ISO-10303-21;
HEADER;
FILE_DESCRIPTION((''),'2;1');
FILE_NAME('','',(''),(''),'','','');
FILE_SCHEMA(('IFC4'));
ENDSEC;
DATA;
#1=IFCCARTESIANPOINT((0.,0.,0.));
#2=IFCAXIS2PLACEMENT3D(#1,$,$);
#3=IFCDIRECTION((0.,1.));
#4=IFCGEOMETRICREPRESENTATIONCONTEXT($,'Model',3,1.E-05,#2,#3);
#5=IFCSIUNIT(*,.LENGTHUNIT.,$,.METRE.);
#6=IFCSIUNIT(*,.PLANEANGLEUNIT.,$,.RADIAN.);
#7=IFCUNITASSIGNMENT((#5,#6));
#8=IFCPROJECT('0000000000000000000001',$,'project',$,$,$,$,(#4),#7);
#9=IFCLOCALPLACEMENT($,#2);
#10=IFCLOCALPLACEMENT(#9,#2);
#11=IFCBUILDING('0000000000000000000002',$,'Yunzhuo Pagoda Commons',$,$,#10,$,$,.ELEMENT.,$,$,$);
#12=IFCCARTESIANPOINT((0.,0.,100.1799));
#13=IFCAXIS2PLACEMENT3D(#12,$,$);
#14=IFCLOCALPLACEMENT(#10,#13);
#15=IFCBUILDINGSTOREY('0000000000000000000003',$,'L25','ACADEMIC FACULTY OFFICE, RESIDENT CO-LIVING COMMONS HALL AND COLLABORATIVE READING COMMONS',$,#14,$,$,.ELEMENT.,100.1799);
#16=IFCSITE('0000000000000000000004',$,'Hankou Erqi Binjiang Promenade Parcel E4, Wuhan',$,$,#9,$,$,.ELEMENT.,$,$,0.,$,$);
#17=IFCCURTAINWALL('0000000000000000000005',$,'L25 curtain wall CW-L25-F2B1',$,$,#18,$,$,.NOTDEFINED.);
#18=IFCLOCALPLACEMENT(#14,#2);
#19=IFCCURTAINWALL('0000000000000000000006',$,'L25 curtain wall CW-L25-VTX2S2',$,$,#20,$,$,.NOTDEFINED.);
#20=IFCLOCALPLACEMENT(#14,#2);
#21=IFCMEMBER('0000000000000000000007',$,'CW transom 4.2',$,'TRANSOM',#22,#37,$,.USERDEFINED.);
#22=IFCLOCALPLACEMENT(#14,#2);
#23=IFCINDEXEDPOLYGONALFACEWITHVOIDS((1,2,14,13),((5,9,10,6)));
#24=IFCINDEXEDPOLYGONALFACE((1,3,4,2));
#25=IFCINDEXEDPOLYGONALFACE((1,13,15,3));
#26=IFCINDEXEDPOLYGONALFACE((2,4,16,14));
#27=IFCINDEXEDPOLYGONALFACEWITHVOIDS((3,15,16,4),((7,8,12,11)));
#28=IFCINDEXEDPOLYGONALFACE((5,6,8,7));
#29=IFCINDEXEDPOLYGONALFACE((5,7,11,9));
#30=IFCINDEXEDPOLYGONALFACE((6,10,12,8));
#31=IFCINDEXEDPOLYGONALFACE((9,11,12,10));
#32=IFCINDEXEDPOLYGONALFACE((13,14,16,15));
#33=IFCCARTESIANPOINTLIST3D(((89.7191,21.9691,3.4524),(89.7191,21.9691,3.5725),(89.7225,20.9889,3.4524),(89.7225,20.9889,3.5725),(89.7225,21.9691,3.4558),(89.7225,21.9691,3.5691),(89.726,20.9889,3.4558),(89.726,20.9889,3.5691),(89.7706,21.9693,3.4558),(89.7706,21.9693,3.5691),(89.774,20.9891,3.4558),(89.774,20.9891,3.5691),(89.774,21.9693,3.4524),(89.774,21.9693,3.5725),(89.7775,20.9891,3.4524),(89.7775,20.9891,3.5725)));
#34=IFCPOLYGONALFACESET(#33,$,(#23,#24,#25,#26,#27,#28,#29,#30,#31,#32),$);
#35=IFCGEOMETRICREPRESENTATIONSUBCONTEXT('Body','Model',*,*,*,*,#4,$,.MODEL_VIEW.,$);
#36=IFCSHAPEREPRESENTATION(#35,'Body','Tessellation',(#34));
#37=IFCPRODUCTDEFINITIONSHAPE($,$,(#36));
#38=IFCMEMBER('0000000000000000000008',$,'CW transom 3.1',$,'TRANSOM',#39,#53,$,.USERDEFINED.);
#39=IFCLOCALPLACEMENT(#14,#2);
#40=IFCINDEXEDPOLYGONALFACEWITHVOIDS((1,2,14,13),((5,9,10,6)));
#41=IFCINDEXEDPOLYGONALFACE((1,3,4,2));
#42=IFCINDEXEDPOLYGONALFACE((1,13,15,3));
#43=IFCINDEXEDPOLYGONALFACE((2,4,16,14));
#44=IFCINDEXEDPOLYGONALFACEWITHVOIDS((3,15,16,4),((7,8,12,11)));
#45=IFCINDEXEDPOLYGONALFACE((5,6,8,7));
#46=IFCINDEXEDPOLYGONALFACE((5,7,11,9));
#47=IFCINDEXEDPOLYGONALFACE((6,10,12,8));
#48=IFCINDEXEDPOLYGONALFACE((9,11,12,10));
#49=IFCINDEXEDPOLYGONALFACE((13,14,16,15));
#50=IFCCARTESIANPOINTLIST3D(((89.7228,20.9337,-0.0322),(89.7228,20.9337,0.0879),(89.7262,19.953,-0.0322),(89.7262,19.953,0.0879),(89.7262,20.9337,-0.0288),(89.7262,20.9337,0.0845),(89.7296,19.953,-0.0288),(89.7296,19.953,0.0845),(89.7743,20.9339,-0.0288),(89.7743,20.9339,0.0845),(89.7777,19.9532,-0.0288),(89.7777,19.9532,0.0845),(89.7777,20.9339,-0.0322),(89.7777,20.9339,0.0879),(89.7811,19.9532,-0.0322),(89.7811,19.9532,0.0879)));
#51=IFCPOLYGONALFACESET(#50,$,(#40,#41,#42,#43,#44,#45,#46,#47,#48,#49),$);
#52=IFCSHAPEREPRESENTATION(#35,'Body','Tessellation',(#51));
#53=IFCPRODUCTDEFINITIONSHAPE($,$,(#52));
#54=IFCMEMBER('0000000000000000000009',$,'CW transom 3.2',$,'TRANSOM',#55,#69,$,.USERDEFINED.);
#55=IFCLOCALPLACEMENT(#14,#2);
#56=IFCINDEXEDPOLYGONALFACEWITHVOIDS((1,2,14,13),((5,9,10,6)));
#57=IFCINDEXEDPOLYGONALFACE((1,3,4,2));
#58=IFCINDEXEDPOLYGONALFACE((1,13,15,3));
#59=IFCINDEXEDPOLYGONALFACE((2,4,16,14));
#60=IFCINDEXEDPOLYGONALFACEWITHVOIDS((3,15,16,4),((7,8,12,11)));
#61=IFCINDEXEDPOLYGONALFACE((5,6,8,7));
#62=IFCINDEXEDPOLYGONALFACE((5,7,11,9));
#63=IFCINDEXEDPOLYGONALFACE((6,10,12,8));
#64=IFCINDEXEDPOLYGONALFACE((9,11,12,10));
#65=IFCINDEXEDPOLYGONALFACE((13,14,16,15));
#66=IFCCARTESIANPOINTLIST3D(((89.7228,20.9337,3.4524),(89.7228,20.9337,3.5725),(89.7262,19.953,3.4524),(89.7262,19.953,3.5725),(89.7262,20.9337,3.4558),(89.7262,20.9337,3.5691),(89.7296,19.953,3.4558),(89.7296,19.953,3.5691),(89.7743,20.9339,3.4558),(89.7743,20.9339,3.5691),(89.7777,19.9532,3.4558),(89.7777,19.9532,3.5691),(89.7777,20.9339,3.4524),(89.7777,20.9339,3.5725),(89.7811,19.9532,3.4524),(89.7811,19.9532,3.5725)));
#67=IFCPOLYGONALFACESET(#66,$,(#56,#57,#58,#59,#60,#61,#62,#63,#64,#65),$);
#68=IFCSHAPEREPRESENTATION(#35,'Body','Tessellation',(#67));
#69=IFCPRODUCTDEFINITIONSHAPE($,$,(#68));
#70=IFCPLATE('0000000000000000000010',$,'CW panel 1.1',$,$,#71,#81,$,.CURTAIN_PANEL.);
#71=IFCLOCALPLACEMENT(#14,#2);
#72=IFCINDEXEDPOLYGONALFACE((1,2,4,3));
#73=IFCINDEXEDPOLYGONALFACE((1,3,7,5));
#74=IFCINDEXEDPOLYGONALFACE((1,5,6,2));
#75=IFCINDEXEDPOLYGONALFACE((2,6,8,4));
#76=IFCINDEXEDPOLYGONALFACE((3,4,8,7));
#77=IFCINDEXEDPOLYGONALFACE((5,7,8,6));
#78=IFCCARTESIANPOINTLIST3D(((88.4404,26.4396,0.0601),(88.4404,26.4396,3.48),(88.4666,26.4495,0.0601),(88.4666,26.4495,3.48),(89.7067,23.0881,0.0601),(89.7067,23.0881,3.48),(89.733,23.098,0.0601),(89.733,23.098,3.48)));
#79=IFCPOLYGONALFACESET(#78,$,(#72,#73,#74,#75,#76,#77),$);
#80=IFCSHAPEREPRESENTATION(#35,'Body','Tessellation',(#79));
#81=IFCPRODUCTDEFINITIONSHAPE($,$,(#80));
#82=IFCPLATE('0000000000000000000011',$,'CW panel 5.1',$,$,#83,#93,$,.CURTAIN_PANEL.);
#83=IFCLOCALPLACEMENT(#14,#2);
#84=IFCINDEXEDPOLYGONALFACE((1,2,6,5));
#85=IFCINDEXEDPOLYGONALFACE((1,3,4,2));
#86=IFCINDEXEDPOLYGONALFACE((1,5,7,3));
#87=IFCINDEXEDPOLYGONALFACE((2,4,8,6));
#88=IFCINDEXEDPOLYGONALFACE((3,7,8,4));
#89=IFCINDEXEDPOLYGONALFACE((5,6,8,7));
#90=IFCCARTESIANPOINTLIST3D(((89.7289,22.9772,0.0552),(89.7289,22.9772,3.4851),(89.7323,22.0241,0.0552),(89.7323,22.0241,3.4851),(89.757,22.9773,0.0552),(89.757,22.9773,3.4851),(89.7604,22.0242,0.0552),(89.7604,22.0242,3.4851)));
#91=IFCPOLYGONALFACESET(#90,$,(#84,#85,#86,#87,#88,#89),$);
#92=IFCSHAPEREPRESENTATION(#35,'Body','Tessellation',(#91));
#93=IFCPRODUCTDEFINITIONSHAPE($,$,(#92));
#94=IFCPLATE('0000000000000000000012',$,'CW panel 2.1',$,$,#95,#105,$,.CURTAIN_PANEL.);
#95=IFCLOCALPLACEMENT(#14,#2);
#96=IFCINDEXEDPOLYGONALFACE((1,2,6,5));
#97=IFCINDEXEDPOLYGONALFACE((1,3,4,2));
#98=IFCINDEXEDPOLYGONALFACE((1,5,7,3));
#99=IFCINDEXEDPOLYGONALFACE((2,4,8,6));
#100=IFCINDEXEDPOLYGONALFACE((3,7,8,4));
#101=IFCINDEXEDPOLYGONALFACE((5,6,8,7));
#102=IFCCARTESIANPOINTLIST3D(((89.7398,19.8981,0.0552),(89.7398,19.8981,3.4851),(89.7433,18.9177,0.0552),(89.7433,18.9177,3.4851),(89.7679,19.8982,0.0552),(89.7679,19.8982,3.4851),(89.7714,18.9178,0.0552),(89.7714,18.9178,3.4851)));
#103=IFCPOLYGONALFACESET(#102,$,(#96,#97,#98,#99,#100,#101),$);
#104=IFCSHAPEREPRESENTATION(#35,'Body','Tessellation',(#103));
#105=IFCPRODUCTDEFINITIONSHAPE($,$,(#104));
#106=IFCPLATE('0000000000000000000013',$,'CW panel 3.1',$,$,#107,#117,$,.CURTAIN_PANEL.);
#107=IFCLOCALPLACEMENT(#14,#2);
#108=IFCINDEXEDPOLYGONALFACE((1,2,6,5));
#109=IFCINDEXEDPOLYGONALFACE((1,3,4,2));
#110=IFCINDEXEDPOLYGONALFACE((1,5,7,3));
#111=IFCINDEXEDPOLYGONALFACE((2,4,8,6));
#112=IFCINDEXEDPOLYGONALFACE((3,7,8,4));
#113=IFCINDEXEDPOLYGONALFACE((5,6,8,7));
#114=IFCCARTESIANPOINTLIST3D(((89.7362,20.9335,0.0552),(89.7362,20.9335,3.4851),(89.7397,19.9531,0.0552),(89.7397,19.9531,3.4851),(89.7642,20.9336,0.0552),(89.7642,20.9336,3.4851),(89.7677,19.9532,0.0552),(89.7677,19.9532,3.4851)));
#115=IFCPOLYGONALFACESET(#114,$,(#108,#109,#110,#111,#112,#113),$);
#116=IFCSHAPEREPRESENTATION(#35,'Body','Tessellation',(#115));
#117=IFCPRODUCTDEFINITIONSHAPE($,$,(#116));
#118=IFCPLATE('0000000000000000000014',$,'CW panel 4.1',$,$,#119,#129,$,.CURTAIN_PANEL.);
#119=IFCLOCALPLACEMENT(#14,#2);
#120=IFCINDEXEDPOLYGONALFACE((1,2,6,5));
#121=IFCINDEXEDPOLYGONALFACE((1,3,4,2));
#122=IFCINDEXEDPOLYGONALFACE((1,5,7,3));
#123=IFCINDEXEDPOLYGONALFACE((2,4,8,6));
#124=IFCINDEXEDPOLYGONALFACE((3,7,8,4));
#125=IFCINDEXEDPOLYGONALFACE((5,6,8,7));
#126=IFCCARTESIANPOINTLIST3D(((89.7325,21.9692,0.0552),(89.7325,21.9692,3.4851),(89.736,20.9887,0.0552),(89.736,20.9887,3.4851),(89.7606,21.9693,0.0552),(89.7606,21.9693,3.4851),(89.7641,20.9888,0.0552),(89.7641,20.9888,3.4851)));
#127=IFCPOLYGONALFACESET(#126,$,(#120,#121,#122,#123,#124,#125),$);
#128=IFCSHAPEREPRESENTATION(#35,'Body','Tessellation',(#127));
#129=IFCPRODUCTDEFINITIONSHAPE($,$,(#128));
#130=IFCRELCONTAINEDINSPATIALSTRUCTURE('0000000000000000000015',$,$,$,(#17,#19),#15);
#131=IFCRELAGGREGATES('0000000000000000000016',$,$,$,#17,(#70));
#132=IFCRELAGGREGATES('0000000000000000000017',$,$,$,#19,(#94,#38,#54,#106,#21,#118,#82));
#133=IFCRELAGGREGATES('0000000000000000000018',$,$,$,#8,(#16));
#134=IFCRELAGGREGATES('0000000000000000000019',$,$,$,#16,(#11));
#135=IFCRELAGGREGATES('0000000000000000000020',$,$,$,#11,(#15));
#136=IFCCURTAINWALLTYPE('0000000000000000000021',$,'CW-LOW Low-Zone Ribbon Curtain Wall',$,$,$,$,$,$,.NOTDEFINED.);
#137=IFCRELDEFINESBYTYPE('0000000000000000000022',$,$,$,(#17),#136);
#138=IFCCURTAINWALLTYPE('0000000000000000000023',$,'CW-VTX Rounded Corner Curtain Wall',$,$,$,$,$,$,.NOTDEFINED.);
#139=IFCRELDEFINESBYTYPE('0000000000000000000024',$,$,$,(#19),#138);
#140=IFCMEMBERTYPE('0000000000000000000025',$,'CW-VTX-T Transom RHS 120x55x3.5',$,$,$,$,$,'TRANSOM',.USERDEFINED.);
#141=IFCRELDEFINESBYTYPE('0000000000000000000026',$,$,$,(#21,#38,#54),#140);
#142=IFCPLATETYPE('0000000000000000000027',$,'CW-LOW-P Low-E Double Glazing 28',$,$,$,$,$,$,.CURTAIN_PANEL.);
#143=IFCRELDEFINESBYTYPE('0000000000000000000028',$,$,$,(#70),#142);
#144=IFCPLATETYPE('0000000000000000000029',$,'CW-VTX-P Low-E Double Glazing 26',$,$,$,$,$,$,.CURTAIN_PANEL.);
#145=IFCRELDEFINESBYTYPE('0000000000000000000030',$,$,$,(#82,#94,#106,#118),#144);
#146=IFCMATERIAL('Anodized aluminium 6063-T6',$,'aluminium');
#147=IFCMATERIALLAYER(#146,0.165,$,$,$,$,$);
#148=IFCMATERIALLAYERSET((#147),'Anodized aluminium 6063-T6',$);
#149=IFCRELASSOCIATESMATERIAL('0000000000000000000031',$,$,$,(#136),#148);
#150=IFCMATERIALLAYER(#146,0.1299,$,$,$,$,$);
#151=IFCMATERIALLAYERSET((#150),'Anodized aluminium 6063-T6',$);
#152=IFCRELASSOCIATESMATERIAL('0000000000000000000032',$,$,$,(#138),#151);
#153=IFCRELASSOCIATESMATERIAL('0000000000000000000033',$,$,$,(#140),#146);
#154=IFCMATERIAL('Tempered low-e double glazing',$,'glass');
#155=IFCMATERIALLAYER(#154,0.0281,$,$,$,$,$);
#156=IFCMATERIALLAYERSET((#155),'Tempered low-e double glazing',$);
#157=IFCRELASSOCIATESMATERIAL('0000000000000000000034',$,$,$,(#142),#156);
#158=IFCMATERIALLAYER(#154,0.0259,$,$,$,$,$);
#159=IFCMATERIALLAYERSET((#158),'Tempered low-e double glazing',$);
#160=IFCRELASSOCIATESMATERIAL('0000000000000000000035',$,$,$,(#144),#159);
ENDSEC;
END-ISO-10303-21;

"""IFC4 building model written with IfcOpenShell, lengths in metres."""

from ifc_helpers import new_model, si_unit, direction, frame, origin, origin_2d, place, context, subcontext, project, spatial, rectangle, hollow_rectangle, extrude, source, transform, mapped, material, layer, layer_set, material_profile, profile_set, type_object, element, aggregate, save


model = new_model("IFC4")

# Units and contexts
model_context = context("Model", 3, precision=1e-05, world=origin(), true_north=direction((0.0, 1.0)))
body_context = subcontext(model_context, "Body", "Model", "MODEL_VIEW")
ifc_project = project(units=[si_unit("LENGTHUNIT", "METRE"), si_unit("PLANEANGLEUNIT", "RADIAN")], contexts=[model_context])

# Site, building, storey
site_placement = place(None, origin())
site = spatial("IfcSite", under=ifc_project, at=site_placement, Name="Hankou Erqi Binjiang Promenade Parcel E4, Wuhan", CompositionType="ELEMENT", RefElevation=0.0)
building_placement = place(site_placement, origin())
building = spatial("IfcBuilding", under=site, at=building_placement, Name="Yunzhuo Pagoda Commons", CompositionType="ELEMENT")
storey_placement = place(building_placement, frame((0.0, 0.0, 100.1799)))
storey = spatial("IfcBuildingStorey", under=building, at=storey_placement, Name="L25", Description="ACADEMIC FACULTY OFFICE, RESIDENT CO-LIVING COMMONS HALL AND COLLABORATIVE READING COMMONS", CompositionType="ELEMENT", Elevation=100.1799)

# Shared definitions
ifc_material_1 = material(Name="Anodized aluminium 6063-T6", Category="aluminium")
ifc_layer_1 = layer(ifc_material_1, 0.165)
ifc_layer_set_1 = layer_set([ifc_layer_1], Name="Anodized aluminium 6063-T6")
curtain_wall_type_1 = type_object("IfcCurtainWallType", Name="CW-LOW Low-Zone Ribbon Curtain Wall", PredefinedType="NOTDEFINED", material=ifc_layer_set_1)

# Curtain wall
curtain_wall_1_placement = place(storey_placement, origin())
curtain_wall_1 = element("IfcCurtainWall", 1, at=curtain_wall_1_placement, inside=storey, type_object=curtain_wall_type_1, Name="L25 curtain wall CW-L25-F2B1", PredefinedType="NOTDEFINED")

# Curtain wall, members
ifc_layer_2 = layer(ifc_material_1, 0.1299)
ifc_layer_set_2 = layer_set([ifc_layer_2], Name="Anodized aluminium 6063-T6")
curtain_wall_type_2 = type_object("IfcCurtainWallType", Name="CW-VTX Rounded Corner Curtain Wall", PredefinedType="NOTDEFINED", material=ifc_layer_set_2)
curtain_wall_2_placement = place(storey_placement, origin())
curtain_wall_2 = element("IfcCurtainWall", 2, at=curtain_wall_2_placement, inside=storey, type_object=curtain_wall_type_2, Name="L25 curtain wall CW-L25-VTX2S2", PredefinedType="NOTDEFINED")
ifc_material_profile_1 = material_profile(ifc_material_1, hollow_rectangle(XDim=0.0549, YDim=0.1201, WallThickness=0.0034, at=origin_2d()), Name="Anodized aluminium 6063-T6")
ifc_profile_set_1 = profile_set([ifc_material_profile_1], Name="Anodized aluminium 6063-T6")
member_type_1 = type_object("IfcMemberType", Name="CW-VTX-T Transom RHS 120x55x3.5", ElementType="TRANSOM", PredefinedType="USERDEFINED", material=ifc_profile_set_1)
shared_shape_1 = source(origin(), body_context, "Body", "SweptSolid", [
    extrude(hollow_rectangle(XDim=0.0549, YDim=0.1201, WallThickness=0.0034, at=origin_2d()), origin(), (0.0, 0.0, 1.0), 0.9802),
])
member_1_placement = place(storey_placement, frame((89.75, 20.989, 3.5125), z_axis=(-0.003487, 0.999994, 0.0), x_axis=(-0.999994, -0.003487, 0.0)))
member_1 = element("IfcMember", 3, at=member_1_placement, type_object=member_type_1, Name="CW transom 4.2", ObjectType="TRANSOM", PredefinedType="USERDEFINED", context=body_context, shape_type="MappedRepresentation", body=[
    mapped(shared_shape_1, transform((0.0, 0.0, 0.0), scale=1.0)),
])
shared_shape_2 = source(origin(), body_context, "Body", "SweptSolid", [
    extrude(hollow_rectangle(XDim=0.0549, YDim=0.1201, WallThickness=0.0034, at=origin_2d()), origin(), (0.0, 0.0, 1.0), 0.9807),
])
member_2_placement = place(storey_placement, frame((89.7537, 19.9531, 0.0278), z_axis=(-0.003485, 0.999994, 0.0), x_axis=(-0.999994, -0.003485, 0.0)))
member_2 = element("IfcMember", 4, at=member_2_placement, type_object=member_type_1, Name="CW transom 3.1", ObjectType="TRANSOM", PredefinedType="USERDEFINED", context=body_context, shape_type="MappedRepresentation", body=[
    mapped(shared_shape_2, transform((0.0, 0.0, 0.0), scale=1.0)),
])
member_3_placement = place(storey_placement, frame((89.7537, 19.9531, 3.5125), z_axis=(-0.003485, 0.999994, 0.0), x_axis=(-0.999994, -0.003485, 0.0)))
member_3 = element("IfcMember", 5, at=member_3_placement, type_object=member_type_1, Name="CW transom 3.2", ObjectType="TRANSOM", PredefinedType="USERDEFINED", context=body_context, shape_type="MappedRepresentation", body=[
    mapped(shared_shape_2, transform((0.0, 0.0, 0.0), scale=1.0)),
])

# Plates
ifc_material_2 = material(Name="Tempered low-e double glazing", Category="glass")
ifc_layer_3 = layer(ifc_material_2, 0.0281)
ifc_layer_set_3 = layer_set([ifc_layer_3], Name="Tempered low-e double glazing")
plate_type_1 = type_object("IfcPlateType", Name="CW-LOW-P Low-E Double Glazing 28", PredefinedType="CURTAIN_PANEL", material=ifc_layer_set_3)
shared_shape_3 = source(origin(), body_context, "Body", "SweptSolid", [
    extrude(rectangle(XDim=3.5828, YDim=0.0281, at=origin_2d()), origin(), (0.0, 0.0, 1.0), 3.4199),
])
plate_1_placement = place(storey_placement, frame((89.0867, 24.7688, 0.0601), z_axis=(0.0, 0.0, 1.0), x_axis=(-0.353448, 0.935454, 0.0)))
plate_1 = element("IfcPlate", 6, at=plate_1_placement, type_object=plate_type_1, Name="CW panel 1.1", PredefinedType="CURTAIN_PANEL", context=body_context, shape_type="MappedRepresentation", body=[
    mapped(shared_shape_3, transform((0.0, 0.0, 0.0), scale=1.0)),
])
aggregate(curtain_wall_1, [plate_1])
ifc_layer_4 = layer(ifc_material_2, 0.0259)
ifc_layer_set_4 = layer_set([ifc_layer_4], Name="Tempered low-e double glazing")
plate_type_2 = type_object("IfcPlateType", Name="CW-VTX-P Low-E Double Glazing 26", PredefinedType="CURTAIN_PANEL", material=ifc_layer_set_4)
shared_shape_4 = source(origin(), body_context, "Body", "SweptSolid", [
    extrude(rectangle(XDim=0.9531, YDim=0.0281, at=origin_2d()), origin(), (0.0, 0.0, 1.0), 3.4299),
])
plate_2_placement = place(storey_placement, frame((89.7446, 22.5007, 0.0552), z_axis=(0.0, 0.0, 1.0), x_axis=(-0.003573, 0.999994, 0.0)))
plate_2 = element("IfcPlate", 7, at=plate_2_placement, type_object=plate_type_2, Name="CW panel 5.1", PredefinedType="CURTAIN_PANEL", context=body_context, shape_type="MappedRepresentation", body=[
    mapped(shared_shape_4, transform((0.0, 0.0, 0.0), scale=1.0)),
])
shared_shape_5 = source(origin(), body_context, "Body", "SweptSolid", [
    extrude(rectangle(XDim=0.9805, YDim=0.0281, at=origin_2d()), origin(), (0.0, 0.0, 1.0), 3.4299),
])
plate_3_placement = place(storey_placement, frame((89.7556, 19.408, 0.0552), z_axis=(0.0, 0.0, 1.0), x_axis=(-0.003573, 0.999994, 0.0)))
plate_3 = element("IfcPlate", 8, at=plate_3_placement, type_object=plate_type_2, Name="CW panel 2.1", PredefinedType="CURTAIN_PANEL", context=body_context, shape_type="MappedRepresentation", body=[
    mapped(shared_shape_5, transform((0.0, 0.0, 0.0), scale=1.0)),
])
plate_4_placement = place(storey_placement, frame((89.752, 20.4434, 0.0552), z_axis=(0.0, 0.0, 1.0), x_axis=(-0.003573, 0.999994, 0.0)))
plate_4 = element("IfcPlate", 9, at=plate_4_placement, type_object=plate_type_2, Name="CW panel 3.1", PredefinedType="CURTAIN_PANEL", context=body_context, shape_type="MappedRepresentation", body=[
    mapped(shared_shape_5, transform((0.0, 0.0, 0.0), scale=1.0)),
])
plate_5_placement = place(storey_placement, frame((89.7483, 21.479, 0.0552), z_axis=(0.0, 0.0, 1.0), x_axis=(-0.003573, 0.999994, 0.0)))
plate_5 = element("IfcPlate", 10, at=plate_5_placement, type_object=plate_type_2, Name="CW panel 4.1", PredefinedType="CURTAIN_PANEL", context=body_context, shape_type="MappedRepresentation", body=[
    mapped(shared_shape_5, transform((0.0, 0.0, 0.0), scale=1.0)),
])
aggregate(curtain_wall_2, [plate_3, member_2, member_3, plate_4, member_1, plate_5, plate_2])

save(model, "model.ifc")
